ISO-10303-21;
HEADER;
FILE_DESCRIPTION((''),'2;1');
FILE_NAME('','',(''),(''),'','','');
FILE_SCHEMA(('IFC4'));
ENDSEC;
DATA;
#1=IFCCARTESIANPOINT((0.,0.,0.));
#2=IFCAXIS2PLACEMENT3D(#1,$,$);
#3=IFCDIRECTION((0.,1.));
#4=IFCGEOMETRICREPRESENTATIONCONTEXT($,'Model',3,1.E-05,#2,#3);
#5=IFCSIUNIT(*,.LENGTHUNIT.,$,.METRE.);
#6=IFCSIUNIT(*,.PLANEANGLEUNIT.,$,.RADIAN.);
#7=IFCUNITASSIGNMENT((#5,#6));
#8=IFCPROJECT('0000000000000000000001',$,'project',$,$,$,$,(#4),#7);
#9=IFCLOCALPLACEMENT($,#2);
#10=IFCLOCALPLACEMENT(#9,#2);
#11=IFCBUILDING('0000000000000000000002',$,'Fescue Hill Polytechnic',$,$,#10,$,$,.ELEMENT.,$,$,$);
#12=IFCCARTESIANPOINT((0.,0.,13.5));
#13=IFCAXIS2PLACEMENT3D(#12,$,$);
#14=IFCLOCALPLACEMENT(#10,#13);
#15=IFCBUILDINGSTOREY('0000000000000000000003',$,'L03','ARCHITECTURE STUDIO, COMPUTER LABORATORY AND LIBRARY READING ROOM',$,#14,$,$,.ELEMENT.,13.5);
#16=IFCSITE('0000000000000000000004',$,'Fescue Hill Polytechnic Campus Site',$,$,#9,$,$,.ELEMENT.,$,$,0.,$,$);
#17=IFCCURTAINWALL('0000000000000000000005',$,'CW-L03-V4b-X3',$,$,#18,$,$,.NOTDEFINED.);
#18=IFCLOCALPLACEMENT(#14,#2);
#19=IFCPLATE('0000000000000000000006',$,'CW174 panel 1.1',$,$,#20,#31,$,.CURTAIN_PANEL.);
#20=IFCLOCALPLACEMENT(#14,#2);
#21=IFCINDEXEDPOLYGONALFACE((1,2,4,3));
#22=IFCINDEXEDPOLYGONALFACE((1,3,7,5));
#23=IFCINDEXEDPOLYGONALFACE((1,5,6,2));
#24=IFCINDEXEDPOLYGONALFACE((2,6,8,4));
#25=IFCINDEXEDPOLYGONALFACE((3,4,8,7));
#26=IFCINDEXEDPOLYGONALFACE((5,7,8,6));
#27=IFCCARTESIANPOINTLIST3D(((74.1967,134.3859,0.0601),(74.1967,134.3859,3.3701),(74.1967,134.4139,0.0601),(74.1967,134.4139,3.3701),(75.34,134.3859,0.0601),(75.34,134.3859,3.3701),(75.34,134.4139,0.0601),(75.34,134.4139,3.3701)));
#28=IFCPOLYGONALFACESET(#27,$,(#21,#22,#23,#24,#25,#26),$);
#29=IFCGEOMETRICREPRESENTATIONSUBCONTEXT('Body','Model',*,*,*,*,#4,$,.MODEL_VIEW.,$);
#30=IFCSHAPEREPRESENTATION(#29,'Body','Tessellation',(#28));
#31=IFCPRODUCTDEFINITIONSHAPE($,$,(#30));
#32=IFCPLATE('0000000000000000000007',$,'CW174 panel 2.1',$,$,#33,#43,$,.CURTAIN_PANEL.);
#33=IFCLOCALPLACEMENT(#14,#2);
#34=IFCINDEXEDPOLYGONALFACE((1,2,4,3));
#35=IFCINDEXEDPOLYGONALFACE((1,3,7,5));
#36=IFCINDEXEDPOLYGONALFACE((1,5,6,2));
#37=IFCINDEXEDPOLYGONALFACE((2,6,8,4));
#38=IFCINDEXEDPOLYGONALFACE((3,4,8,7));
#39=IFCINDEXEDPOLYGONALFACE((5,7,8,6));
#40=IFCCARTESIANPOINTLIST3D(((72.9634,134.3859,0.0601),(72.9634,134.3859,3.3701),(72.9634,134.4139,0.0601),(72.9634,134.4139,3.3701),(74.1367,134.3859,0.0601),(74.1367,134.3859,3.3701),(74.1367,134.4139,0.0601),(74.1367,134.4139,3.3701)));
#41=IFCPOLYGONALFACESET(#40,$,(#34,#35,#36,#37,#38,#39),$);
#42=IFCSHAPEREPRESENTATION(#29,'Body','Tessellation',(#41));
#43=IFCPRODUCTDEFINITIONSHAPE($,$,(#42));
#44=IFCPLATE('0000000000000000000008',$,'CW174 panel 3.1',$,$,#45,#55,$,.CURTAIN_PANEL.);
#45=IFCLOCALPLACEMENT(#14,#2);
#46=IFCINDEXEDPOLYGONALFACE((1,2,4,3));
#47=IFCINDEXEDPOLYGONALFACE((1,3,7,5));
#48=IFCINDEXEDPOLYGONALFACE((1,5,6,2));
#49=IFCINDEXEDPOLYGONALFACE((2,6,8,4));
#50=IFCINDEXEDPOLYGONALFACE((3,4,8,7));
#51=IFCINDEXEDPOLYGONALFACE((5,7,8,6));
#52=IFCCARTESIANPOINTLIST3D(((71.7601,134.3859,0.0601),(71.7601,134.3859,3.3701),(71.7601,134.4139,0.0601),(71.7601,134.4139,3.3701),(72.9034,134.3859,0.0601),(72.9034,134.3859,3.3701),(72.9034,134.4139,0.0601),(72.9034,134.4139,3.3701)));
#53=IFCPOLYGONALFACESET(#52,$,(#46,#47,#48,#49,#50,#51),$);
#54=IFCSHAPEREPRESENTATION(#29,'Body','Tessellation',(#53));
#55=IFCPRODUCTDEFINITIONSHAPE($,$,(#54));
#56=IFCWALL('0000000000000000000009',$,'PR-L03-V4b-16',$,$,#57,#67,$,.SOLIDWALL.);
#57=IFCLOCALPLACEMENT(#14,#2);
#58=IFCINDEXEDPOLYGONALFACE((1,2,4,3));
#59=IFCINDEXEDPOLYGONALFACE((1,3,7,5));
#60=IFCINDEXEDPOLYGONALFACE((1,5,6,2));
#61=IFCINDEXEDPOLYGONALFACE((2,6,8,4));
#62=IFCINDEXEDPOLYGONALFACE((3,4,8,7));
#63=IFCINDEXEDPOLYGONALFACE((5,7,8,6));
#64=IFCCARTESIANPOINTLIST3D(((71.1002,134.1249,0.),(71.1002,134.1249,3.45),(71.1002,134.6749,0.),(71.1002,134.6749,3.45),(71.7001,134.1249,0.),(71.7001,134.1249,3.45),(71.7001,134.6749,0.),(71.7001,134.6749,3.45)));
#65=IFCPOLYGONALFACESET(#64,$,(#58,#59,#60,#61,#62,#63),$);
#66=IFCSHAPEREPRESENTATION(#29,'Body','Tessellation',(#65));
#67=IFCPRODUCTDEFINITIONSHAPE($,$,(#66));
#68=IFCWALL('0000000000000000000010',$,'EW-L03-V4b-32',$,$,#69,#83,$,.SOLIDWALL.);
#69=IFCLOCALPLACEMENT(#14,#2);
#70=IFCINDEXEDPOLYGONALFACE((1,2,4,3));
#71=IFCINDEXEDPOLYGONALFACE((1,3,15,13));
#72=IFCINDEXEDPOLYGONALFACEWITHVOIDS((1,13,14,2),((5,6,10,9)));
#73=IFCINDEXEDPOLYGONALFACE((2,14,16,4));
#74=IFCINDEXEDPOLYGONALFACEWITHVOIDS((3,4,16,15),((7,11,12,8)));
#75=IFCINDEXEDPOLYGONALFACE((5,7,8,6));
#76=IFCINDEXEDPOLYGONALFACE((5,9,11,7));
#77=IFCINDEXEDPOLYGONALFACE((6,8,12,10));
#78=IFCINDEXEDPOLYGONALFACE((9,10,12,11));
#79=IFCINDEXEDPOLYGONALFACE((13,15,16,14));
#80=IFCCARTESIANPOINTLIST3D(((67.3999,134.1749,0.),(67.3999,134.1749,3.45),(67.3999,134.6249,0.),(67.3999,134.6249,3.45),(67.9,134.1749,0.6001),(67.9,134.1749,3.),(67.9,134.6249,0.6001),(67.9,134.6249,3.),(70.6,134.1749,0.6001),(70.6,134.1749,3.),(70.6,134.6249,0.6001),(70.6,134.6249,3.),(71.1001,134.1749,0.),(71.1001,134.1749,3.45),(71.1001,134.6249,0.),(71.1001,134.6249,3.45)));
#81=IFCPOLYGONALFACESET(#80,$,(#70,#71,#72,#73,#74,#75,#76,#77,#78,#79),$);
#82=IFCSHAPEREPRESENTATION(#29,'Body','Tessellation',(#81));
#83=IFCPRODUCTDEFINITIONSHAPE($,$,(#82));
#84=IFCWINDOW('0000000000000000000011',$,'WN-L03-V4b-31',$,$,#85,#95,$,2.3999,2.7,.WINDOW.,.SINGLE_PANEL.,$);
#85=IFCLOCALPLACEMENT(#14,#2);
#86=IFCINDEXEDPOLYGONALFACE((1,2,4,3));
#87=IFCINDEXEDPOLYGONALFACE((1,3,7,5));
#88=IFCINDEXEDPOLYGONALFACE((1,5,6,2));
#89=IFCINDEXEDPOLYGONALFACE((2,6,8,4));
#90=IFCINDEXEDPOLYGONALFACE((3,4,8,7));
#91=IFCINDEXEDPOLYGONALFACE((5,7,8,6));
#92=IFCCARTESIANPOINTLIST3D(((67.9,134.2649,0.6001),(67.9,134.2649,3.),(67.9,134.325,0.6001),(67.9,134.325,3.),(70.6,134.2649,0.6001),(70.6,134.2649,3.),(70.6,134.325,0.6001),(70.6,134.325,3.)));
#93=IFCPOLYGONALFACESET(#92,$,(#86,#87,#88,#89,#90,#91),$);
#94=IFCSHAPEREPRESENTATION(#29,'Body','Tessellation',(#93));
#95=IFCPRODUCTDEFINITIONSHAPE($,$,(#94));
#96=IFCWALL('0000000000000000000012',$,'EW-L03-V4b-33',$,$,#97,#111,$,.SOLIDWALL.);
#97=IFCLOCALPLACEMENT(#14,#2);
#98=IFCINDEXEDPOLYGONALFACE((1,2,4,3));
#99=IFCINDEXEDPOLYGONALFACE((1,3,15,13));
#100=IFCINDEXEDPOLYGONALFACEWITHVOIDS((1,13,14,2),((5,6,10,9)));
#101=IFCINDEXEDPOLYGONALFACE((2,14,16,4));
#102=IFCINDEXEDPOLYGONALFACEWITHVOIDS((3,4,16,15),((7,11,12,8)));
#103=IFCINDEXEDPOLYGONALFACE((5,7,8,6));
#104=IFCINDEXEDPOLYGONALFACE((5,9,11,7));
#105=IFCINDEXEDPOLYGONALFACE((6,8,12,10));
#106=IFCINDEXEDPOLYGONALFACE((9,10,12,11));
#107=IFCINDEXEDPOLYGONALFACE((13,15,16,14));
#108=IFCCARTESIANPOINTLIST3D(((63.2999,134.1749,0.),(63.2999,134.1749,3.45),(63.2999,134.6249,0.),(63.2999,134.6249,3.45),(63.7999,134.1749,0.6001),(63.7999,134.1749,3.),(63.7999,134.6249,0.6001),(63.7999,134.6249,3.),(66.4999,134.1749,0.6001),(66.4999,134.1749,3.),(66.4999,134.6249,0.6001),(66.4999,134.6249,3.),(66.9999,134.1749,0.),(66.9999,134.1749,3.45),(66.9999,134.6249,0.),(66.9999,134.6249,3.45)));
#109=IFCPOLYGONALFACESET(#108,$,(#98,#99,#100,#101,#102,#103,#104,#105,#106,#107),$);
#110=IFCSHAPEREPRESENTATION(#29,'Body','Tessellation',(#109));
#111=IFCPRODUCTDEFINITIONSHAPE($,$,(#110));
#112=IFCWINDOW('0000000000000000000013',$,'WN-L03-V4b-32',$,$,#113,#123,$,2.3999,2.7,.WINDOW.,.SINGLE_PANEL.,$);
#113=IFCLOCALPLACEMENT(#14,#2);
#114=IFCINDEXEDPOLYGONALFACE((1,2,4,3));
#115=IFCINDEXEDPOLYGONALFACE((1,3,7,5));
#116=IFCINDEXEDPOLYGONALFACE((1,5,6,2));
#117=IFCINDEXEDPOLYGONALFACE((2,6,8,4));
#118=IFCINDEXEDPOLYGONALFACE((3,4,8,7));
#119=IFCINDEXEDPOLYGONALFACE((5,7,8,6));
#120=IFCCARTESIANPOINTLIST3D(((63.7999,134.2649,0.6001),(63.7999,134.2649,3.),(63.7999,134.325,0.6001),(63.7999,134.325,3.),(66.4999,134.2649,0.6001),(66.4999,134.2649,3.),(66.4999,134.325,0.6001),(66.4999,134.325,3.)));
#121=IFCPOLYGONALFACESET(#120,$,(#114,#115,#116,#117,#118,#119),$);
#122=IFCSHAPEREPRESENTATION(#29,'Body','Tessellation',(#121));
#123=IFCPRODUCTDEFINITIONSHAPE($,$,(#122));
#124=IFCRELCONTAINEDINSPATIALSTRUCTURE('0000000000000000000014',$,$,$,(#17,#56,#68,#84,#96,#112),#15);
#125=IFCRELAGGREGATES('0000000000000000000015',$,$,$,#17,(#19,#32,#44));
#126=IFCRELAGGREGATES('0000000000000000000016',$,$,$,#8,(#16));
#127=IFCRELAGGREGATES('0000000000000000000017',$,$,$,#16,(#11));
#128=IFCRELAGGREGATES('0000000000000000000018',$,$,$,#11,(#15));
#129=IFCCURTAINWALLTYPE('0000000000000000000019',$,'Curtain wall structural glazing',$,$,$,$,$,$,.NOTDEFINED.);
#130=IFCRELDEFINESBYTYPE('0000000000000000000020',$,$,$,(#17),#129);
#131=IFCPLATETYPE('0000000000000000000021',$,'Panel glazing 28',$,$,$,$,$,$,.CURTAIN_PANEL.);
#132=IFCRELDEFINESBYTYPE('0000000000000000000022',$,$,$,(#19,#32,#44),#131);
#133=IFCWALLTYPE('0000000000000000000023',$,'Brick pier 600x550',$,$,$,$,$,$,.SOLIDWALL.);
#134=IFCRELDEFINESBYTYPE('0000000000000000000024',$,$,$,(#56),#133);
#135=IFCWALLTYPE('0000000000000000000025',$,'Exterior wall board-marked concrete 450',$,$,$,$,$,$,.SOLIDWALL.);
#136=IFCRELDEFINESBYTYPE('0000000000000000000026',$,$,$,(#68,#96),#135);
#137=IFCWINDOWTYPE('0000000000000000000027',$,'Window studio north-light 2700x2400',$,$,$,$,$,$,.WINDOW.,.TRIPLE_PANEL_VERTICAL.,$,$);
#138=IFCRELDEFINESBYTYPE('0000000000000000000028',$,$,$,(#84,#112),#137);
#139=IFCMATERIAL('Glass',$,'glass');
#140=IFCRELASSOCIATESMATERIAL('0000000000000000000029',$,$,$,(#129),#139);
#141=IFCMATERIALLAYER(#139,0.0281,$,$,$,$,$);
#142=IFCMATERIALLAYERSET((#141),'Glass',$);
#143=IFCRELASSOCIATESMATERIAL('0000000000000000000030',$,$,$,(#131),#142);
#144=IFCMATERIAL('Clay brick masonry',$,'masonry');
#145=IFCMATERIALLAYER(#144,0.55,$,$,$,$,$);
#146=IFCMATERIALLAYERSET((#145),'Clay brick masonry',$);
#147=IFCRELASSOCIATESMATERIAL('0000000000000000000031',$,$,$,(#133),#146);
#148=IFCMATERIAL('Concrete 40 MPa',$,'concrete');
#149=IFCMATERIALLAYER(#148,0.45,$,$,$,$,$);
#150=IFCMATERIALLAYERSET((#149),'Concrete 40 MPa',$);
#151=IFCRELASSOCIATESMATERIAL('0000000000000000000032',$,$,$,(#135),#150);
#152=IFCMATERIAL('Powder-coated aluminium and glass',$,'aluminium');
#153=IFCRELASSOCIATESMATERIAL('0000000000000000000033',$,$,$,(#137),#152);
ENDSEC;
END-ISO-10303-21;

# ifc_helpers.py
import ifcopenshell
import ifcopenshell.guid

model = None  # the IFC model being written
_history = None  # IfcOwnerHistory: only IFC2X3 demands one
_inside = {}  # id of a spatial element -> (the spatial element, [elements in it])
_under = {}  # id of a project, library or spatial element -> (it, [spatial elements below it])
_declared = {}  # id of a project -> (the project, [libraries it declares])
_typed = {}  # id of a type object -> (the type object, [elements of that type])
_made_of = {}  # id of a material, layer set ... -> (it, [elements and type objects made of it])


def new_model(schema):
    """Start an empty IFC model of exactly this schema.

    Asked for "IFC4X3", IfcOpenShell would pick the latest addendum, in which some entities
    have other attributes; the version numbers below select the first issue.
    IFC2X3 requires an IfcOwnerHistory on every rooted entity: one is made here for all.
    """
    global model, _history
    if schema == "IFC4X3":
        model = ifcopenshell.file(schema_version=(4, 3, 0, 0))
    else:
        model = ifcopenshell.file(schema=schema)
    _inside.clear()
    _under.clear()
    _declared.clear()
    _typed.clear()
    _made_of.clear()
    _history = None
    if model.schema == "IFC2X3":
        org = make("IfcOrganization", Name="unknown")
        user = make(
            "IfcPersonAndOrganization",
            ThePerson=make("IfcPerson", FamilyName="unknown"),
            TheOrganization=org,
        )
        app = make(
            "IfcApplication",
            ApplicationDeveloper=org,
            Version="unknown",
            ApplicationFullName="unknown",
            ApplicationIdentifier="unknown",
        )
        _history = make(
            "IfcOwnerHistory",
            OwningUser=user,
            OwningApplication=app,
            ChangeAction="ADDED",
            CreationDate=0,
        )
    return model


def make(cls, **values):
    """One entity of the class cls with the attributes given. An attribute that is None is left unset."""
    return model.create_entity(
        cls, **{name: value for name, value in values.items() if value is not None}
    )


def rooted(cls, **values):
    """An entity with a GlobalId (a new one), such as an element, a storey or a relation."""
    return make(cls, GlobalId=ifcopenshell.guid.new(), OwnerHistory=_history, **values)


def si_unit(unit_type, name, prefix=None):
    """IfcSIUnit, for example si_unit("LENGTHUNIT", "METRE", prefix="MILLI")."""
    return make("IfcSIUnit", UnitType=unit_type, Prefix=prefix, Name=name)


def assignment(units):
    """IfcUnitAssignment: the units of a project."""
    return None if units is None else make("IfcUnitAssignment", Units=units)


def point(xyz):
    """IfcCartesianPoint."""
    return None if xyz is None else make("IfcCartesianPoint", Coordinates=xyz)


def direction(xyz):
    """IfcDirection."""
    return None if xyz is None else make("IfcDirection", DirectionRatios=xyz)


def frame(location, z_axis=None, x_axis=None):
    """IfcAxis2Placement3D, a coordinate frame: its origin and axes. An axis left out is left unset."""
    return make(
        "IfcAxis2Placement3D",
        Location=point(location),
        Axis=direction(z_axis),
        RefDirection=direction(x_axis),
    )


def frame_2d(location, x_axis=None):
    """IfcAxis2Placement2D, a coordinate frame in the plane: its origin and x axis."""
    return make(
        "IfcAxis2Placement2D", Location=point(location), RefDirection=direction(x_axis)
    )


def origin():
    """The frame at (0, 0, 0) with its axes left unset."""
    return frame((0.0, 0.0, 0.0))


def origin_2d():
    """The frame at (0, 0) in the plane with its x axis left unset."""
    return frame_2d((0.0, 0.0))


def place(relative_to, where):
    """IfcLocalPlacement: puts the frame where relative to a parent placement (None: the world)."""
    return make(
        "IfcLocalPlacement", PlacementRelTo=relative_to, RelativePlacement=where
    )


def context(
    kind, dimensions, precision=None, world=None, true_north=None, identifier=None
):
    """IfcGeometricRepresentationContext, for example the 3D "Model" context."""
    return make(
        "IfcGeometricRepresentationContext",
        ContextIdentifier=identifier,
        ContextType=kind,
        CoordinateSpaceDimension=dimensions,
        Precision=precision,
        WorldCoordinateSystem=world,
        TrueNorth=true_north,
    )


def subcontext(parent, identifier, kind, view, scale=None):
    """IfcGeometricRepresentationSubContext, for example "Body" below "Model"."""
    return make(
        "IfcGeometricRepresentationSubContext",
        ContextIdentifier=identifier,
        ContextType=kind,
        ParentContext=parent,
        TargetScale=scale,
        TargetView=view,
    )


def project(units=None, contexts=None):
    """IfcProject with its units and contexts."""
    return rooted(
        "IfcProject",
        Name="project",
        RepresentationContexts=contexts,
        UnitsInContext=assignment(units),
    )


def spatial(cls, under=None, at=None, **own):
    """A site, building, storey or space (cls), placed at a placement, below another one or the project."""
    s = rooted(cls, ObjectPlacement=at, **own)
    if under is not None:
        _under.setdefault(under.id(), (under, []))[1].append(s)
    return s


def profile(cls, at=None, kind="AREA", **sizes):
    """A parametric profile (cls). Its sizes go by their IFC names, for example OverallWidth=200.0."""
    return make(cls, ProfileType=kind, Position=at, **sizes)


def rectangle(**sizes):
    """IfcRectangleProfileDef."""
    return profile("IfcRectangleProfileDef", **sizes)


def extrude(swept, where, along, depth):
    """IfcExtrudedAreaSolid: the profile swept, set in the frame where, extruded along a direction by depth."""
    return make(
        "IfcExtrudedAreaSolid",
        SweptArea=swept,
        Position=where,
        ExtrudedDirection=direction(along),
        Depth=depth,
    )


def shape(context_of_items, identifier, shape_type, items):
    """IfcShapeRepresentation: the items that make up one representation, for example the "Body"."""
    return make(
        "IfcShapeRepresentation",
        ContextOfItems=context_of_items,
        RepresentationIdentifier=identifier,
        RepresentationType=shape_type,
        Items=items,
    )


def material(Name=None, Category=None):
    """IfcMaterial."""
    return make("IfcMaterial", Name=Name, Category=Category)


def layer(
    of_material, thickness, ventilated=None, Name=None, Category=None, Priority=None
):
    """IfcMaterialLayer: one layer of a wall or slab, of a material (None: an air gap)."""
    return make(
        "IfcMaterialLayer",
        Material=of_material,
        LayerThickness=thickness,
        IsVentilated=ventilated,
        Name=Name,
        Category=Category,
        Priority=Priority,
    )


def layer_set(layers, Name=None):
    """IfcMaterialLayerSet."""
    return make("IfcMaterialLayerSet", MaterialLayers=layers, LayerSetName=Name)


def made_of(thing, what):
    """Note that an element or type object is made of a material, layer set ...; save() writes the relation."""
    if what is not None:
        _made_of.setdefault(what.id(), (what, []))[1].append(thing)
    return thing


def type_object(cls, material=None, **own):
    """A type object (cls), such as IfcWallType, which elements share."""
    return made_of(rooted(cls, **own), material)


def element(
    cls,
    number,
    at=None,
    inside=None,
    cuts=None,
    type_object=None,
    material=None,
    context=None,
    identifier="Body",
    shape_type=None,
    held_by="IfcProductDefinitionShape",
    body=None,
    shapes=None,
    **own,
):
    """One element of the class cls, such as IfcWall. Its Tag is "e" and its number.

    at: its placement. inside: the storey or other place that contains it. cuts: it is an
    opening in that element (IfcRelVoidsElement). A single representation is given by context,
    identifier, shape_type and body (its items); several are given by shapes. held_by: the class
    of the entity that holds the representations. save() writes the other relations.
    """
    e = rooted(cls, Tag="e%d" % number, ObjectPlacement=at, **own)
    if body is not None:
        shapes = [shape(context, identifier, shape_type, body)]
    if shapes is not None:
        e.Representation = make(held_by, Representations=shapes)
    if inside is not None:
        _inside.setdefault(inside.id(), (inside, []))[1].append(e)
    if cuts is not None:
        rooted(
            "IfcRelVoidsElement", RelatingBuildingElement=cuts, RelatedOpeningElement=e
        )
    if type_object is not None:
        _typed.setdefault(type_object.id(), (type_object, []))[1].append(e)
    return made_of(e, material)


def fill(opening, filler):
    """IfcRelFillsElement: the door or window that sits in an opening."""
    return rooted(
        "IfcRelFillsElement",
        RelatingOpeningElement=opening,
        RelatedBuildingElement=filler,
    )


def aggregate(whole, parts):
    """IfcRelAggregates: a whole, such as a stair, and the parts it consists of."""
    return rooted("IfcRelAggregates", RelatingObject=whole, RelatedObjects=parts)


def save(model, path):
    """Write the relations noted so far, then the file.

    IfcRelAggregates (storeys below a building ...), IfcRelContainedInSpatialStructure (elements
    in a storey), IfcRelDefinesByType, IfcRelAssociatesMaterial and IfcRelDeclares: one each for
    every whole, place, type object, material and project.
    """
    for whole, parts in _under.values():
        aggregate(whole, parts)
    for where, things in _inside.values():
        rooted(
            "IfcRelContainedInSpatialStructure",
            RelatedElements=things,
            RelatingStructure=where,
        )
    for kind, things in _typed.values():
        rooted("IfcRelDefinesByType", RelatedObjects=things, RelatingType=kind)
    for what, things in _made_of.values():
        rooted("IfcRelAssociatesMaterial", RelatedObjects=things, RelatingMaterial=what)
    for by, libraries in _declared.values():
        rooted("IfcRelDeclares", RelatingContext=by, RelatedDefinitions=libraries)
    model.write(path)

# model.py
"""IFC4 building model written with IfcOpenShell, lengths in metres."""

from ifc_helpers import new_model, si_unit, direction, frame, frame_2d, origin, origin_2d, place, context, subcontext, project, spatial, rectangle, extrude, material, layer, layer_set, type_object, element, fill, aggregate, save


model = new_model("IFC4")

# Units and contexts
model_context = context("Model", 3, precision=1e-05, world=origin(), true_north=direction((0.0, 1.0)))
body_context = subcontext(model_context, "Body", "Model", "MODEL_VIEW")
ifc_project = project(units=[si_unit("LENGTHUNIT", "METRE"), si_unit("PLANEANGLEUNIT", "RADIAN")], contexts=[model_context])

# Site, building, storey
site_placement = place(None, origin())
site = spatial("IfcSite", under=ifc_project, at=site_placement, Name="Fescue Hill Polytechnic Campus Site", CompositionType="ELEMENT", RefElevation=0.0)
building_placement = place(site_placement, origin())
building = spatial("IfcBuilding", under=site, at=building_placement, Name="Fescue Hill Polytechnic", CompositionType="ELEMENT")
storey_placement = place(building_placement, frame((0.0, 0.0, 13.5)))
storey = spatial("IfcBuildingStorey", under=building, at=storey_placement, Name="L03", Description="ARCHITECTURE STUDIO, COMPUTER LABORATORY AND LIBRARY READING ROOM", CompositionType="ELEMENT", Elevation=13.5)

# Shared definitions
ifc_material_1 = material(Name="Concrete 40 MPa", Category="concrete")

# Curtain wall, plates
ifc_material_2 = material(Name="Glass", Category="glass")
curtain_wall_type = type_object("IfcCurtainWallType", Name="Curtain wall structural glazing", PredefinedType="NOTDEFINED", material=ifc_material_2)
curtain_wall_placement = place(storey_placement, origin())
curtain_wall = element("IfcCurtainWall", 1, at=curtain_wall_placement, inside=storey, type_object=curtain_wall_type, Name="CW-L03-V4b-X3", PredefinedType="NOTDEFINED")
ifc_layer_1 = layer(ifc_material_2, 0.0281)
ifc_layer_set_1 = layer_set([ifc_layer_1], Name="Glass")
plate_type = type_object("IfcPlateType", Name="Panel glazing 28", PredefinedType="CURTAIN_PANEL", material=ifc_layer_set_1)
plate_1_placement = place(storey_placement, frame((74.7683, 134.3999, 0.0601), z_axis=(0.0, 0.0, 1.0), x_axis=(-1.0, 0.0, 0.0)))
plate_1 = element("IfcPlate", 2, at=plate_1_placement, type_object=plate_type, Name="CW174 panel 1.1", PredefinedType="CURTAIN_PANEL", context=body_context, shape_type="SweptSolid", body=[
    extrude(rectangle(XDim=1.1433, YDim=0.0281, at=origin_2d()), origin(), (0.0, 0.0, 1.0), 3.3101),
])
plate_2_placement = place(storey_placement, frame((73.55, 134.3999, 0.0601), z_axis=(0.0, 0.0, 1.0), x_axis=(-1.0, 0.0, 0.0)))
plate_2 = element("IfcPlate", 3, at=plate_2_placement, type_object=plate_type, Name="CW174 panel 2.1", PredefinedType="CURTAIN_PANEL", context=body_context, shape_type="SweptSolid", body=[
    extrude(rectangle(XDim=1.1733, YDim=0.0281, at=origin_2d()), origin(), (0.0, 0.0, 1.0), 3.3101),
])
plate_3_placement = place(storey_placement, frame((72.3318, 134.3999, 0.0601), z_axis=(0.0, 0.0, 1.0), x_axis=(-1.0, 0.0, 0.0)))
plate_3 = element("IfcPlate", 4, at=plate_3_placement, type_object=plate_type, Name="CW174 panel 3.1", PredefinedType="CURTAIN_PANEL", context=body_context, shape_type="SweptSolid", body=[
    extrude(rectangle(XDim=1.1433, YDim=0.0281, at=origin_2d()), origin(), (0.0, 0.0, 1.0), 3.3101),
])
aggregate(curtain_wall, [plate_1, plate_2, plate_3])

# Wall
ifc_material_3 = material(Name="Clay brick masonry", Category="masonry")
ifc_layer_2 = layer(ifc_material_3, 0.55)
ifc_layer_set_2 = layer_set([ifc_layer_2], Name="Clay brick masonry")
wall_type_1 = type_object("IfcWallType", Name="Brick pier 600x550", PredefinedType="SOLIDWALL", material=ifc_layer_set_2)
wall_1_placement = place(storey_placement, frame((71.7, 134.3999, 0.0), z_axis=(0.0, 0.0, 1.0), x_axis=(-1.0, 0.0, 0.0)))
element("IfcWall", 5, at=wall_1_placement, inside=storey, type_object=wall_type_1, Name="PR-L03-V4b-16", PredefinedType="SOLIDWALL", context=body_context, shape_type="SweptSolid", body=[
    extrude(rectangle(XDim=0.5999, YDim=0.55, at=frame_2d((0.2998, 0.0))), origin(), (0.0, 0.0, 1.0), 3.45),
])

# Walls, openings, windows
ifc_layer_3 = layer(ifc_material_1, 0.45)
ifc_layer_set_3 = layer_set([ifc_layer_3], Name="Concrete 40 MPa")
wall_type_2 = type_object("IfcWallType", Name="Exterior wall board-marked concrete 450", PredefinedType="SOLIDWALL", material=ifc_layer_set_3)
wall_2_placement = place(storey_placement, frame((71.1001, 134.3999, 0.0), z_axis=(0.0, 0.0, 1.0), x_axis=(-1.0, 0.0, 0.0)))
wall_2 = element("IfcWall", 6, at=wall_2_placement, inside=storey, type_object=wall_type_2, Name="EW-L03-V4b-32", PredefinedType="SOLIDWALL", context=body_context, shape_type="SweptSolid", body=[
    extrude(rectangle(XDim=3.7002, YDim=0.45, at=frame_2d((1.8501, 0.0))), origin(), (0.0, 0.0, 1.0), 3.45),
])
opening_1_placement = place(wall_2_placement, frame((0.5, 0.0, 0.6001)))
opening_1 = element("IfcOpeningElement", 7, at=opening_1_placement, cuts=wall_2, PredefinedType="OPENING", context=body_context, shape_type="SweptSolid", body=[
    extrude(rectangle(XDim=2.7, YDim=2.3999, at=frame_2d((1.3501, 1.2))), frame((0.0, 0.2349, 0.0), z_axis=(0.0, -1.0, 0.0), x_axis=(1.0, 0.0, 0.0)), (0.0, 0.0, 1.0), 0.47),
])
ifc_material_4 = material(Name="Powder-coated aluminium and glass", Category="aluminium")
window_type = type_object("IfcWindowType", Name="Window studio north-light 2700x2400", PartitioningType="TRIPLE_PANEL_VERTICAL", PredefinedType="WINDOW", material=ifc_material_4)
window_1_placement = place(opening_1_placement, origin())
window_1 = element("IfcWindow", 8, at=window_1_placement, inside=storey, type_object=window_type, Name="WN-L03-V4b-31", OverallHeight=2.3999, OverallWidth=2.7, PartitioningType="SINGLE_PANEL", PredefinedType="WINDOW", context=body_context, shape_type="SweptSolid", body=[
    extrude(rectangle(XDim=2.7, YDim=2.3999, at=frame_2d((1.3501, 1.2))), frame((0.0, 0.135, 0.0), z_axis=(0.0, -1.0, 0.0), x_axis=(1.0, 0.0, 0.0)), (0.0, 0.0, 1.0), 0.0601),
])
fill(opening_1, window_1)
wall_3_placement = place(storey_placement, frame((67.0, 134.3999, 0.0), z_axis=(0.0, 0.0, 1.0), x_axis=(-1.0, 0.0, 0.0)))
wall_3 = element("IfcWall", 9, at=wall_3_placement, inside=storey, type_object=wall_type_2, Name="EW-L03-V4b-33", PredefinedType="SOLIDWALL", context=body_context, shape_type="SweptSolid", body=[
    extrude(rectangle(XDim=3.7, YDim=0.45, at=frame_2d((1.8501, 0.0))), origin(), (0.0, 0.0, 1.0), 3.45),
])
opening_2_placement = place(wall_3_placement, frame((0.5, 0.0, 0.6001)))
opening_2 = element("IfcOpeningElement", 10, at=opening_2_placement, cuts=wall_3, PredefinedType="OPENING", context=body_context, shape_type="SweptSolid", body=[
    extrude(rectangle(XDim=2.7, YDim=2.3999, at=frame_2d((1.3501, 1.2))), frame((0.0, 0.2349, 0.0), z_axis=(0.0, -1.0, 0.0), x_axis=(1.0, 0.0, 0.0)), (0.0, 0.0, 1.0), 0.47),
])
window_2_placement = place(opening_2_placement, origin())
window_2 = element("IfcWindow", 11, at=window_2_placement, inside=storey, type_object=window_type, Name="WN-L03-V4b-32", OverallHeight=2.3999, OverallWidth=2.7, PartitioningType="SINGLE_PANEL", PredefinedType="WINDOW", context=body_context, shape_type="SweptSolid", body=[
    extrude(rectangle(XDim=2.7, YDim=2.3999, at=frame_2d((1.3501, 1.2))), frame((0.0, 0.135, 0.0), z_axis=(0.0, -1.0, 0.0), x_axis=(1.0, 0.0, 0.0)), (0.0, 0.0, 1.0), 0.0601),
])
fill(opening_2, window_2)

save(model, "model.ifc")
